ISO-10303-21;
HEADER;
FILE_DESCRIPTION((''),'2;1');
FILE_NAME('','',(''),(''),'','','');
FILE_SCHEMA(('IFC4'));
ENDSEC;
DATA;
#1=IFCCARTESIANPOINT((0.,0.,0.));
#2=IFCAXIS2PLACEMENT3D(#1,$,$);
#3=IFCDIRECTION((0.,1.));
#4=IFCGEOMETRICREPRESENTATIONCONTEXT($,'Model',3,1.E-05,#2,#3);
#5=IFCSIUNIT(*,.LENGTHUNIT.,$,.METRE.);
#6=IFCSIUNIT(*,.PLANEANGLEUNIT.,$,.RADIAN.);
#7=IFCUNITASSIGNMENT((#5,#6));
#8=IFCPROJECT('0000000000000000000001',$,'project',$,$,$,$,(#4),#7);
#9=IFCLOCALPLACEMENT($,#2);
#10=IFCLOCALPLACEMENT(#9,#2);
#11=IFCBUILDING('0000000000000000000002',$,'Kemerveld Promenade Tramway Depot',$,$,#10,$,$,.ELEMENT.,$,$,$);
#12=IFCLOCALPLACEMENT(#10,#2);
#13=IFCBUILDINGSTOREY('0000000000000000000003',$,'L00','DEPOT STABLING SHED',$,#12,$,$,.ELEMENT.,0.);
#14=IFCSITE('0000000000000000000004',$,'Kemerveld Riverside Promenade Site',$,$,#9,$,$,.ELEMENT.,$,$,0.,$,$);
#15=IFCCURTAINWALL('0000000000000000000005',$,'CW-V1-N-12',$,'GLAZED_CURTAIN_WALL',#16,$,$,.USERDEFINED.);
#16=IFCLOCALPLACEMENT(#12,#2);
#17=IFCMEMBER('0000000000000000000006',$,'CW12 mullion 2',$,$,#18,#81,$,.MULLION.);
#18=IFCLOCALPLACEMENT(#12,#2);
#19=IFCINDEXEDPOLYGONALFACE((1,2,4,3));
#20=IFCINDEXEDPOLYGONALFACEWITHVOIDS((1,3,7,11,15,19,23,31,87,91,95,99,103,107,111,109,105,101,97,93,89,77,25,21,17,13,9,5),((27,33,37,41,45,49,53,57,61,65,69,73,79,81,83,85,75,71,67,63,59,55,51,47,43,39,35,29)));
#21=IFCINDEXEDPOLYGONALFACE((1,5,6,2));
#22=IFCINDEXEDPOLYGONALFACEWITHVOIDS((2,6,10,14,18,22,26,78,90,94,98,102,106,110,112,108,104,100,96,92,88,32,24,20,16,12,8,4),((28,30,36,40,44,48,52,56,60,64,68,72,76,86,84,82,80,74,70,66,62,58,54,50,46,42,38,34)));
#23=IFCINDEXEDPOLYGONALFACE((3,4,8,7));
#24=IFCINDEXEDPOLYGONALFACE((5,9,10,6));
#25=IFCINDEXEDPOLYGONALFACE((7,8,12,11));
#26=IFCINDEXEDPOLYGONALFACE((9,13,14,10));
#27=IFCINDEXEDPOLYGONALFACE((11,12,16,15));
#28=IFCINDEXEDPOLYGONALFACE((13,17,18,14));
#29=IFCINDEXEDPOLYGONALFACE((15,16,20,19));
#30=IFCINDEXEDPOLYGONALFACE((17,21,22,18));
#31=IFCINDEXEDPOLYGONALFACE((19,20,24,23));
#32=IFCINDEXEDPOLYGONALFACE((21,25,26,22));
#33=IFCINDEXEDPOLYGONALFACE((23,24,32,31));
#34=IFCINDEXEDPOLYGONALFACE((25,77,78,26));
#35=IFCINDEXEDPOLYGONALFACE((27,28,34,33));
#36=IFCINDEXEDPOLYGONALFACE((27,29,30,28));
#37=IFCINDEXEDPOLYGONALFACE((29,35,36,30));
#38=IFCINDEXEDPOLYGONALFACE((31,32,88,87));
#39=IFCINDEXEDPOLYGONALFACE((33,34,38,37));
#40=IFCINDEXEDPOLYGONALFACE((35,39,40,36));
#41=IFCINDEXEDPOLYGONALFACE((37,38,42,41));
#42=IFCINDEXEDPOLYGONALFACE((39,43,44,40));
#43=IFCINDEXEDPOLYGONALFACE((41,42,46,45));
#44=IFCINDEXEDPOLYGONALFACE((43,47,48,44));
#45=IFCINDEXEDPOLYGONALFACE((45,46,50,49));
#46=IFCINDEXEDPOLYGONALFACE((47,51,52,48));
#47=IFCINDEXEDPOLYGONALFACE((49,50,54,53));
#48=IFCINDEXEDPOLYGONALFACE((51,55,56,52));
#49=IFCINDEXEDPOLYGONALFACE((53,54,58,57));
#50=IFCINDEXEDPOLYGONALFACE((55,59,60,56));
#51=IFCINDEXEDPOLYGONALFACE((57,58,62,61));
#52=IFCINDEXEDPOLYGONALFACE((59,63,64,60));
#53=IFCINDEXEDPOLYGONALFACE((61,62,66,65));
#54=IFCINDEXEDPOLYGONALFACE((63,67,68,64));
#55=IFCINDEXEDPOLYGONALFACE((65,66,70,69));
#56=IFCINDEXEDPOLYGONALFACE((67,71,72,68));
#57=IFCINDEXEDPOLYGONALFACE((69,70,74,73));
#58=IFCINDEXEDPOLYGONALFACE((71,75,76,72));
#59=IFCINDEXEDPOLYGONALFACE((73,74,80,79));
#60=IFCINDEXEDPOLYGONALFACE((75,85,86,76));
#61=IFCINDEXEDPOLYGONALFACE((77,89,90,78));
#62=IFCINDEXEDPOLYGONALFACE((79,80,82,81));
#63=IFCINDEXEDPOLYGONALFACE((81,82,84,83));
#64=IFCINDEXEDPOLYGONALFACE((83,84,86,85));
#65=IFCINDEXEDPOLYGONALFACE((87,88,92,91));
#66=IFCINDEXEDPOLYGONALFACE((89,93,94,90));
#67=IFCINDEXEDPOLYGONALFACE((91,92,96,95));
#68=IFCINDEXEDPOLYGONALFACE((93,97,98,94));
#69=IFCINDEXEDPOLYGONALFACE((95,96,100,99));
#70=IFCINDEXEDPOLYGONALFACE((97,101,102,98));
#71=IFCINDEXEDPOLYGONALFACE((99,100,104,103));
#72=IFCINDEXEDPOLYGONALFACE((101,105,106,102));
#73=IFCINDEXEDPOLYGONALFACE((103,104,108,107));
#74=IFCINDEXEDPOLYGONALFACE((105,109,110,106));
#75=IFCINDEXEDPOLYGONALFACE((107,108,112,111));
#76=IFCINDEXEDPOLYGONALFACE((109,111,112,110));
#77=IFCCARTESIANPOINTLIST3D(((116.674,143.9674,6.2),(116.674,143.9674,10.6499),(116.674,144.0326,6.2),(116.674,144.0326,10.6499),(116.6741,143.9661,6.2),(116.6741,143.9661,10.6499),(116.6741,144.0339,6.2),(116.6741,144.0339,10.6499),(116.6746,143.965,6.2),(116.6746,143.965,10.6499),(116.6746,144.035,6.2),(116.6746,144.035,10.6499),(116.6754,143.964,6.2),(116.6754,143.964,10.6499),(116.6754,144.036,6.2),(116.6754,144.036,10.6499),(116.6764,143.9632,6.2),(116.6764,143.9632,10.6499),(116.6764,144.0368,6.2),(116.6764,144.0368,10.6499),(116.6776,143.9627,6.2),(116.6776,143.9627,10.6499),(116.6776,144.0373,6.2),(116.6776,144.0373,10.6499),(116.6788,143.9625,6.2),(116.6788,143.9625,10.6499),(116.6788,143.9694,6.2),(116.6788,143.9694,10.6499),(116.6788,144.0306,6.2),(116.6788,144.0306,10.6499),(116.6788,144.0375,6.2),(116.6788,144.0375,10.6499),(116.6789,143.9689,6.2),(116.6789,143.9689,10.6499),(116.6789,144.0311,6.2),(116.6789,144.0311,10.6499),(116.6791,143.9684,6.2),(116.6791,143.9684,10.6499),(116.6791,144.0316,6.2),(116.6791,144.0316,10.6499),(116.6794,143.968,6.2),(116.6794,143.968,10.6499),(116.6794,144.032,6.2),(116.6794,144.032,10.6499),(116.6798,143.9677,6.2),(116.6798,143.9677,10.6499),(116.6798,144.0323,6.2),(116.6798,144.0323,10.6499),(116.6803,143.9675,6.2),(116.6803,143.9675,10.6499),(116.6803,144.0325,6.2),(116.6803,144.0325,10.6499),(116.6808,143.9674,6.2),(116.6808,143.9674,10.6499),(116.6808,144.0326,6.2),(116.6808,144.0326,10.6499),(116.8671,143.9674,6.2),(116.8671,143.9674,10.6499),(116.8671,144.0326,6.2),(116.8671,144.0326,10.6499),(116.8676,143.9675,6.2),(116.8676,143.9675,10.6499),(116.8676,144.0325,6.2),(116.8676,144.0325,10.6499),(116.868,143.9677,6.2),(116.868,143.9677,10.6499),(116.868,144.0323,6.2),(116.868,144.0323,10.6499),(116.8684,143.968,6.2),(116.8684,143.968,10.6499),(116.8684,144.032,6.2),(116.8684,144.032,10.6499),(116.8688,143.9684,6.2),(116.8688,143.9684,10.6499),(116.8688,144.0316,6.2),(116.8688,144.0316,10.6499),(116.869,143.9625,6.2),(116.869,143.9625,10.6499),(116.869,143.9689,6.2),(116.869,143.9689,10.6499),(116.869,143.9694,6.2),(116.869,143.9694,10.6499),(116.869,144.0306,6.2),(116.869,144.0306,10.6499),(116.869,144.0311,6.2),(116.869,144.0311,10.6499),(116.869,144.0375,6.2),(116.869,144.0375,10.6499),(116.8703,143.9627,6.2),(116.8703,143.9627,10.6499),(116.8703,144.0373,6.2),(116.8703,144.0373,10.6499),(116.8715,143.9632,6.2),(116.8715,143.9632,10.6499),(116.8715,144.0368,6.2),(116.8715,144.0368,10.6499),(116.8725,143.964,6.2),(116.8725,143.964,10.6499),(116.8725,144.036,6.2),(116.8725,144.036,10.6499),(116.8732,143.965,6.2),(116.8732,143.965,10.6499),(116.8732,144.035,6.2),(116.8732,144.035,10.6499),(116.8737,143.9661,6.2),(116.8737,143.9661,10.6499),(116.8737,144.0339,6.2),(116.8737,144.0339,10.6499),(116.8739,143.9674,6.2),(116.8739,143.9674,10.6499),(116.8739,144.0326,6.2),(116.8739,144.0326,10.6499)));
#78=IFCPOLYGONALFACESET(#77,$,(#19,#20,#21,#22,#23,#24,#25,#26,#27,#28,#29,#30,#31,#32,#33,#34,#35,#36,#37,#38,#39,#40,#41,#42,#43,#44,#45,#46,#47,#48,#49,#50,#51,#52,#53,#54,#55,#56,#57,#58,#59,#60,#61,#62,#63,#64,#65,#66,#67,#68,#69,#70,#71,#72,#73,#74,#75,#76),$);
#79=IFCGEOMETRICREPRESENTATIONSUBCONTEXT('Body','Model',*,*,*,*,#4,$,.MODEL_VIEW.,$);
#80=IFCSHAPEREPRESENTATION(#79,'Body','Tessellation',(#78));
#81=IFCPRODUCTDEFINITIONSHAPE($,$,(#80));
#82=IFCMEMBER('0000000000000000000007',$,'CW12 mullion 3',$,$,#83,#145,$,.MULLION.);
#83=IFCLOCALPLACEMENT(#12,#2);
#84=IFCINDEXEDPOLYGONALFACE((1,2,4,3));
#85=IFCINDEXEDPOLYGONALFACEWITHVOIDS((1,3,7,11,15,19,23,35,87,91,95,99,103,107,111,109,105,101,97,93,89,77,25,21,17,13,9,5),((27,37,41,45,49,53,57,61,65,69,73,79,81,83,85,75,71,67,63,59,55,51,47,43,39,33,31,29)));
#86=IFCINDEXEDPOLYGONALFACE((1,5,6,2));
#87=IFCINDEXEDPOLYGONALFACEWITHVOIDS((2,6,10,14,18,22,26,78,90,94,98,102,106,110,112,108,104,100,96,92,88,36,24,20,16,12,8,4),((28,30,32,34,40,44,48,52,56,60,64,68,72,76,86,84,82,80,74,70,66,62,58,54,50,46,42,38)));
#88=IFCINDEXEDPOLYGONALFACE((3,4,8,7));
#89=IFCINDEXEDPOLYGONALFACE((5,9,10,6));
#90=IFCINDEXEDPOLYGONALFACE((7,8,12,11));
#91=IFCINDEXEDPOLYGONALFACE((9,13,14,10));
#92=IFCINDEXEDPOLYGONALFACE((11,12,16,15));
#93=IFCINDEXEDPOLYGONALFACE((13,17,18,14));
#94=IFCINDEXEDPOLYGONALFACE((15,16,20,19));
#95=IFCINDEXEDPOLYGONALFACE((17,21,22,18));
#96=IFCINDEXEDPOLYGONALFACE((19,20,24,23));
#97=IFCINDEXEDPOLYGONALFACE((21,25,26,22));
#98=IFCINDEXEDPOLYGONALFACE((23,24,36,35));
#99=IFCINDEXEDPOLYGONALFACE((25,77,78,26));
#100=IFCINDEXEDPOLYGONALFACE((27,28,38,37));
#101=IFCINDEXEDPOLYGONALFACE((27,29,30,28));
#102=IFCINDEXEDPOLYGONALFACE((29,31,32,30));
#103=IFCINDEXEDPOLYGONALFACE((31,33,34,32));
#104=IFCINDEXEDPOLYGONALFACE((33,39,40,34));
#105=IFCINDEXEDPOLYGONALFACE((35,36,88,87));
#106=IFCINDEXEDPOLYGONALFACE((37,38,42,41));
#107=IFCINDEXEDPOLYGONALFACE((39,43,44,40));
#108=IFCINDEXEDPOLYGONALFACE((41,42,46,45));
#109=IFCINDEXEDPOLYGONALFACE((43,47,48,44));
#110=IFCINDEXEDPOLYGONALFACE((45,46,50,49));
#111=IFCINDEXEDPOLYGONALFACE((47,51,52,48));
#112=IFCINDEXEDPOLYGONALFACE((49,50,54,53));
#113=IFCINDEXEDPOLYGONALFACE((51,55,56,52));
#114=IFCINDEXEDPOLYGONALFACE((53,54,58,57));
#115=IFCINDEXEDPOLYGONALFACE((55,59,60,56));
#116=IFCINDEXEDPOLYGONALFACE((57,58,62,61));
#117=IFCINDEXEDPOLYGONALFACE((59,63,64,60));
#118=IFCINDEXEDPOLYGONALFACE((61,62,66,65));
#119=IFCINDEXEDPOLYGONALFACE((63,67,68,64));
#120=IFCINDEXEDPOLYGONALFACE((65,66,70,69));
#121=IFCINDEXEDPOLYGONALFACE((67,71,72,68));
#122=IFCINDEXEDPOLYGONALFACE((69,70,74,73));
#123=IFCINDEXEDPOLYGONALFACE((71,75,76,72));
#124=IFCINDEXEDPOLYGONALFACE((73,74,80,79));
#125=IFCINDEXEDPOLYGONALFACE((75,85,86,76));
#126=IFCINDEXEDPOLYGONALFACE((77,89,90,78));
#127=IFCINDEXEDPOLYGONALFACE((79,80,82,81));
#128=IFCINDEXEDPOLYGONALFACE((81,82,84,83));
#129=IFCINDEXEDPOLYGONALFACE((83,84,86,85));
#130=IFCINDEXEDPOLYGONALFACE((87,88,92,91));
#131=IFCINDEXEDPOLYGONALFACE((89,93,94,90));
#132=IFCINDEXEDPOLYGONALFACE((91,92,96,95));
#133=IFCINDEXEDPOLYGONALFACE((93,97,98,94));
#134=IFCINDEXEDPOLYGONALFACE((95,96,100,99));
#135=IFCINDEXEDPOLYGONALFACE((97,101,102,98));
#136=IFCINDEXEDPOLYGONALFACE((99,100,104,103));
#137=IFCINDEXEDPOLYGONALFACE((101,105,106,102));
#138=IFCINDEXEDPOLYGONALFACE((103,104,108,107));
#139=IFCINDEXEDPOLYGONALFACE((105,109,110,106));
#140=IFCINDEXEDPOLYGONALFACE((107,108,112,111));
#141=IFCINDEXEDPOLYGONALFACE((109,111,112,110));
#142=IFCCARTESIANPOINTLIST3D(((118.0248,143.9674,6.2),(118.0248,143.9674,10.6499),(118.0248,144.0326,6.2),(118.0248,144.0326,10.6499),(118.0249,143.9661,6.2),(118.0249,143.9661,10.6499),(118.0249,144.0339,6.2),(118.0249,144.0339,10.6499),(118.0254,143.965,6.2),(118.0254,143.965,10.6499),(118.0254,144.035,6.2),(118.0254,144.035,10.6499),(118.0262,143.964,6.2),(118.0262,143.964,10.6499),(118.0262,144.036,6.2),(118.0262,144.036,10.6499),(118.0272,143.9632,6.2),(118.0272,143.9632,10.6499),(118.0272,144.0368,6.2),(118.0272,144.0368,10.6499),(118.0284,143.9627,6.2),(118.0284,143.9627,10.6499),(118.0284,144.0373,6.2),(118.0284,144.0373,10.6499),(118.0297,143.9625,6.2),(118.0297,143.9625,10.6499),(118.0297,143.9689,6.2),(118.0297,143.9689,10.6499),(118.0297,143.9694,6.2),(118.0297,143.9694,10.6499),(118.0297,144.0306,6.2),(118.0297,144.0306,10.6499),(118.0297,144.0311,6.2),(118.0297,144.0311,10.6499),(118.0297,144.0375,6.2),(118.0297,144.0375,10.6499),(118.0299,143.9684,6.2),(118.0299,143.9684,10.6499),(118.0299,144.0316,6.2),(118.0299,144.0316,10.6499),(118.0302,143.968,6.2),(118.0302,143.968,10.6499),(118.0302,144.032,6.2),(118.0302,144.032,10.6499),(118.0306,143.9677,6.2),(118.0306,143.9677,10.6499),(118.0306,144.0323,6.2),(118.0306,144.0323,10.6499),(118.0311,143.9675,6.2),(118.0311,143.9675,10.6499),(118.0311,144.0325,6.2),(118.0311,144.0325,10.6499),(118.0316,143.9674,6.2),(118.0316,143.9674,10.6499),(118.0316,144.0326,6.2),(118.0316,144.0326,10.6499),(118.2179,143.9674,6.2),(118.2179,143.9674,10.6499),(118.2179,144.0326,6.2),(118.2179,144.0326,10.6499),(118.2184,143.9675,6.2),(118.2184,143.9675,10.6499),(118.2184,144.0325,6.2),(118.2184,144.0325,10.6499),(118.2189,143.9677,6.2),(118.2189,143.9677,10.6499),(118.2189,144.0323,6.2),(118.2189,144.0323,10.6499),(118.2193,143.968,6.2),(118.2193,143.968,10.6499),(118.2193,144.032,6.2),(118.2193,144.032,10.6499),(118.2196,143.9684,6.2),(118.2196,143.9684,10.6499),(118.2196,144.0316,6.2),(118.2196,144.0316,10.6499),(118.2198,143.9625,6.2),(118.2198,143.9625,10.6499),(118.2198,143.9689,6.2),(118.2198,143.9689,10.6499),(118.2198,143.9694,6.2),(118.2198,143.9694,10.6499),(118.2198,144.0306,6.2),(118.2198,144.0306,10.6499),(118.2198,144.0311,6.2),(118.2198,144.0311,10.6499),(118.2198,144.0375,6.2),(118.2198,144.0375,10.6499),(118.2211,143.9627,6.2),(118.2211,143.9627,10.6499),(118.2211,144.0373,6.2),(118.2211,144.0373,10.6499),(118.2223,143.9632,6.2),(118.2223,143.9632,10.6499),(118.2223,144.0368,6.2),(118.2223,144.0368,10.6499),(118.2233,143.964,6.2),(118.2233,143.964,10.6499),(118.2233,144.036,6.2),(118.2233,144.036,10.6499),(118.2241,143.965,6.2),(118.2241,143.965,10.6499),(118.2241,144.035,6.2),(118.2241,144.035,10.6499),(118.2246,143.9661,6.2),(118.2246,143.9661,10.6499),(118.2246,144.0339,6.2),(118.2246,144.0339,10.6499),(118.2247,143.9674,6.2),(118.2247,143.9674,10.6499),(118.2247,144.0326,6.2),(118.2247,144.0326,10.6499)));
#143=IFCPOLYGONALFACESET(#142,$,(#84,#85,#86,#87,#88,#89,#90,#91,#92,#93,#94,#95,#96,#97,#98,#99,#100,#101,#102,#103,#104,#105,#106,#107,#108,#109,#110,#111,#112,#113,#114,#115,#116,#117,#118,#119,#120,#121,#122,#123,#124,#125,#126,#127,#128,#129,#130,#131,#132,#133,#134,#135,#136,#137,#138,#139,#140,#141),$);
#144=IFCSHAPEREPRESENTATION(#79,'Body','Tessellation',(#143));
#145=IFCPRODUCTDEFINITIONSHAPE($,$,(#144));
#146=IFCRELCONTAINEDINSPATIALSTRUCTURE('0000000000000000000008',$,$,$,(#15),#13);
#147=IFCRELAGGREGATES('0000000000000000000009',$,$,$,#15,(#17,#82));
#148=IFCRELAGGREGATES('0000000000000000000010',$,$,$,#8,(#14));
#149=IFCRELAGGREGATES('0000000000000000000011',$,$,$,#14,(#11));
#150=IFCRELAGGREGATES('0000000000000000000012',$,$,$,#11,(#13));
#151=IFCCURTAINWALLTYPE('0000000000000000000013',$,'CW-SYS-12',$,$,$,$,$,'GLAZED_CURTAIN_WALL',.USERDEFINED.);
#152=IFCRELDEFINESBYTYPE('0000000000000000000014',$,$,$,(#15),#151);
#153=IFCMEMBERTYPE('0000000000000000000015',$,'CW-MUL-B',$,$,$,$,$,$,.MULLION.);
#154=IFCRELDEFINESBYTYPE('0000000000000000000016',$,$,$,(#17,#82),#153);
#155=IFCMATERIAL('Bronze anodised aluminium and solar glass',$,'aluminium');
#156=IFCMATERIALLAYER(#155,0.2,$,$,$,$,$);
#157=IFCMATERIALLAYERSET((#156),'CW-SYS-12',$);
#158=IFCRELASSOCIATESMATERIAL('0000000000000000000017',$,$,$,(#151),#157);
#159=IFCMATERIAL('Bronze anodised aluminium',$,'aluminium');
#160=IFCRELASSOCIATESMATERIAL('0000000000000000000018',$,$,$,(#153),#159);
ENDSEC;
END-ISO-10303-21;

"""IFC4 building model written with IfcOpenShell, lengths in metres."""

from ifc_helpers import new_model, si_unit, direction, frame, origin, origin_2d, place, context, subcontext, project, spatial, hollow_rectangle, extrude, material, layer, layer_set, material_profile, profile_set, type_object, element, aggregate, save


model = new_model("IFC4")

# Units and contexts
model_context = context("Model", 3, precision=1e-05, world=origin(), true_north=direction((0.0, 1.0)))
body_context = subcontext(model_context, "Body", "Model", "MODEL_VIEW")
ifc_project = project(units=[si_unit("LENGTHUNIT", "METRE"), si_unit("PLANEANGLEUNIT", "RADIAN")], contexts=[model_context])

# Site, building, storey
site_placement = place(None, origin())
site = spatial("IfcSite", under=ifc_project, at=site_placement, Name="Kemerveld Riverside Promenade Site", CompositionType="ELEMENT", RefElevation=0.0)
building_placement = place(site_placement, origin())
building = spatial("IfcBuilding", under=site, at=building_placement, Name="Kemerveld Promenade Tramway Depot", CompositionType="ELEMENT")
storey_placement = place(building_placement, origin())
storey = spatial("IfcBuildingStorey", under=building, at=storey_placement, Name="L00", Description="DEPOT STABLING SHED", CompositionType="ELEMENT", Elevation=0.0)

# Shared definitions
ifc_material_1 = material(Name="Bronze anodised aluminium and solar glass", Category="aluminium")
ifc_material_2 = material(Name="Bronze anodised aluminium", Category="aluminium")

# Curtain wall, members
ifc_layer_1 = layer(ifc_material_1, 0.2)
ifc_layer_set_1 = layer_set([ifc_layer_1], Name="CW-SYS-12")
curtain_wall_type_1 = type_object("IfcCurtainWallType", Name="CW-SYS-12", ElementType="GLAZED_CURTAIN_WALL", PredefinedType="USERDEFINED", material=ifc_layer_set_1)
curtain_wall_1_placement = place(storey_placement, origin())
curtain_wall_1 = element("IfcCurtainWall", 1, at=curtain_wall_1_placement, inside=storey, type_object=curtain_wall_type_1, Name="CW-V1-N-12", ObjectType="GLAZED_CURTAIN_WALL", PredefinedType="USERDEFINED")
ifc_material_profile_1 = material_profile(ifc_material_2, hollow_rectangle(XDim=0.075, YDim=0.2, WallThickness=0.0049, InnerFilletRadius=0.002, OuterFilletRadius=0.0049, at=origin_2d()), Name="CW-MUL-200x75")
ifc_profile_set_1 = profile_set([ifc_material_profile_1], Name="Bronze anodised aluminium")
member_type_1 = type_object("IfcMemberType", Name="CW-MUL-B", PredefinedType="MULLION", material=ifc_profile_set_1)
member_1_placement = place(storey_placement, frame((116.7739, 144.0, 6.2), z_axis=(0.0, 0.0, 1.0), x_axis=(0.0, 1.0, 0.0)))
member_1 = element("IfcMember", 2, at=member_1_placement, type_object=member_type_1, Name="CW12 mullion 2", PredefinedType="MULLION", context=body_context, shape_type="SweptSolid", body=[
    extrude(hollow_rectangle(XDim=0.075, YDim=0.2, WallThickness=0.0049, InnerFilletRadius=0.002, OuterFilletRadius=0.0049, at=origin_2d()), origin(), (0.0, 0.0, 1.0), 4.45),
])
member_2_placement = place(storey_placement, frame((118.1248, 144.0, 6.2), z_axis=(0.0, 0.0, 1.0), x_axis=(0.0, 1.0, 0.0)))
member_2 = element("IfcMember", 3, at=member_2_placement, type_object=member_type_1, Name="CW12 mullion 3", PredefinedType="MULLION", context=body_context, shape_type="SweptSolid", body=[
    extrude(hollow_rectangle(XDim=0.075, YDim=0.2, WallThickness=0.0049, InnerFilletRadius=0.002, OuterFilletRadius=0.0049, at=origin_2d()), origin(), (0.0, 0.0, 1.0), 4.45),
])

aggregate(curtain_wall_1, [member_1, member_2])

save(model, "model.ifc")
